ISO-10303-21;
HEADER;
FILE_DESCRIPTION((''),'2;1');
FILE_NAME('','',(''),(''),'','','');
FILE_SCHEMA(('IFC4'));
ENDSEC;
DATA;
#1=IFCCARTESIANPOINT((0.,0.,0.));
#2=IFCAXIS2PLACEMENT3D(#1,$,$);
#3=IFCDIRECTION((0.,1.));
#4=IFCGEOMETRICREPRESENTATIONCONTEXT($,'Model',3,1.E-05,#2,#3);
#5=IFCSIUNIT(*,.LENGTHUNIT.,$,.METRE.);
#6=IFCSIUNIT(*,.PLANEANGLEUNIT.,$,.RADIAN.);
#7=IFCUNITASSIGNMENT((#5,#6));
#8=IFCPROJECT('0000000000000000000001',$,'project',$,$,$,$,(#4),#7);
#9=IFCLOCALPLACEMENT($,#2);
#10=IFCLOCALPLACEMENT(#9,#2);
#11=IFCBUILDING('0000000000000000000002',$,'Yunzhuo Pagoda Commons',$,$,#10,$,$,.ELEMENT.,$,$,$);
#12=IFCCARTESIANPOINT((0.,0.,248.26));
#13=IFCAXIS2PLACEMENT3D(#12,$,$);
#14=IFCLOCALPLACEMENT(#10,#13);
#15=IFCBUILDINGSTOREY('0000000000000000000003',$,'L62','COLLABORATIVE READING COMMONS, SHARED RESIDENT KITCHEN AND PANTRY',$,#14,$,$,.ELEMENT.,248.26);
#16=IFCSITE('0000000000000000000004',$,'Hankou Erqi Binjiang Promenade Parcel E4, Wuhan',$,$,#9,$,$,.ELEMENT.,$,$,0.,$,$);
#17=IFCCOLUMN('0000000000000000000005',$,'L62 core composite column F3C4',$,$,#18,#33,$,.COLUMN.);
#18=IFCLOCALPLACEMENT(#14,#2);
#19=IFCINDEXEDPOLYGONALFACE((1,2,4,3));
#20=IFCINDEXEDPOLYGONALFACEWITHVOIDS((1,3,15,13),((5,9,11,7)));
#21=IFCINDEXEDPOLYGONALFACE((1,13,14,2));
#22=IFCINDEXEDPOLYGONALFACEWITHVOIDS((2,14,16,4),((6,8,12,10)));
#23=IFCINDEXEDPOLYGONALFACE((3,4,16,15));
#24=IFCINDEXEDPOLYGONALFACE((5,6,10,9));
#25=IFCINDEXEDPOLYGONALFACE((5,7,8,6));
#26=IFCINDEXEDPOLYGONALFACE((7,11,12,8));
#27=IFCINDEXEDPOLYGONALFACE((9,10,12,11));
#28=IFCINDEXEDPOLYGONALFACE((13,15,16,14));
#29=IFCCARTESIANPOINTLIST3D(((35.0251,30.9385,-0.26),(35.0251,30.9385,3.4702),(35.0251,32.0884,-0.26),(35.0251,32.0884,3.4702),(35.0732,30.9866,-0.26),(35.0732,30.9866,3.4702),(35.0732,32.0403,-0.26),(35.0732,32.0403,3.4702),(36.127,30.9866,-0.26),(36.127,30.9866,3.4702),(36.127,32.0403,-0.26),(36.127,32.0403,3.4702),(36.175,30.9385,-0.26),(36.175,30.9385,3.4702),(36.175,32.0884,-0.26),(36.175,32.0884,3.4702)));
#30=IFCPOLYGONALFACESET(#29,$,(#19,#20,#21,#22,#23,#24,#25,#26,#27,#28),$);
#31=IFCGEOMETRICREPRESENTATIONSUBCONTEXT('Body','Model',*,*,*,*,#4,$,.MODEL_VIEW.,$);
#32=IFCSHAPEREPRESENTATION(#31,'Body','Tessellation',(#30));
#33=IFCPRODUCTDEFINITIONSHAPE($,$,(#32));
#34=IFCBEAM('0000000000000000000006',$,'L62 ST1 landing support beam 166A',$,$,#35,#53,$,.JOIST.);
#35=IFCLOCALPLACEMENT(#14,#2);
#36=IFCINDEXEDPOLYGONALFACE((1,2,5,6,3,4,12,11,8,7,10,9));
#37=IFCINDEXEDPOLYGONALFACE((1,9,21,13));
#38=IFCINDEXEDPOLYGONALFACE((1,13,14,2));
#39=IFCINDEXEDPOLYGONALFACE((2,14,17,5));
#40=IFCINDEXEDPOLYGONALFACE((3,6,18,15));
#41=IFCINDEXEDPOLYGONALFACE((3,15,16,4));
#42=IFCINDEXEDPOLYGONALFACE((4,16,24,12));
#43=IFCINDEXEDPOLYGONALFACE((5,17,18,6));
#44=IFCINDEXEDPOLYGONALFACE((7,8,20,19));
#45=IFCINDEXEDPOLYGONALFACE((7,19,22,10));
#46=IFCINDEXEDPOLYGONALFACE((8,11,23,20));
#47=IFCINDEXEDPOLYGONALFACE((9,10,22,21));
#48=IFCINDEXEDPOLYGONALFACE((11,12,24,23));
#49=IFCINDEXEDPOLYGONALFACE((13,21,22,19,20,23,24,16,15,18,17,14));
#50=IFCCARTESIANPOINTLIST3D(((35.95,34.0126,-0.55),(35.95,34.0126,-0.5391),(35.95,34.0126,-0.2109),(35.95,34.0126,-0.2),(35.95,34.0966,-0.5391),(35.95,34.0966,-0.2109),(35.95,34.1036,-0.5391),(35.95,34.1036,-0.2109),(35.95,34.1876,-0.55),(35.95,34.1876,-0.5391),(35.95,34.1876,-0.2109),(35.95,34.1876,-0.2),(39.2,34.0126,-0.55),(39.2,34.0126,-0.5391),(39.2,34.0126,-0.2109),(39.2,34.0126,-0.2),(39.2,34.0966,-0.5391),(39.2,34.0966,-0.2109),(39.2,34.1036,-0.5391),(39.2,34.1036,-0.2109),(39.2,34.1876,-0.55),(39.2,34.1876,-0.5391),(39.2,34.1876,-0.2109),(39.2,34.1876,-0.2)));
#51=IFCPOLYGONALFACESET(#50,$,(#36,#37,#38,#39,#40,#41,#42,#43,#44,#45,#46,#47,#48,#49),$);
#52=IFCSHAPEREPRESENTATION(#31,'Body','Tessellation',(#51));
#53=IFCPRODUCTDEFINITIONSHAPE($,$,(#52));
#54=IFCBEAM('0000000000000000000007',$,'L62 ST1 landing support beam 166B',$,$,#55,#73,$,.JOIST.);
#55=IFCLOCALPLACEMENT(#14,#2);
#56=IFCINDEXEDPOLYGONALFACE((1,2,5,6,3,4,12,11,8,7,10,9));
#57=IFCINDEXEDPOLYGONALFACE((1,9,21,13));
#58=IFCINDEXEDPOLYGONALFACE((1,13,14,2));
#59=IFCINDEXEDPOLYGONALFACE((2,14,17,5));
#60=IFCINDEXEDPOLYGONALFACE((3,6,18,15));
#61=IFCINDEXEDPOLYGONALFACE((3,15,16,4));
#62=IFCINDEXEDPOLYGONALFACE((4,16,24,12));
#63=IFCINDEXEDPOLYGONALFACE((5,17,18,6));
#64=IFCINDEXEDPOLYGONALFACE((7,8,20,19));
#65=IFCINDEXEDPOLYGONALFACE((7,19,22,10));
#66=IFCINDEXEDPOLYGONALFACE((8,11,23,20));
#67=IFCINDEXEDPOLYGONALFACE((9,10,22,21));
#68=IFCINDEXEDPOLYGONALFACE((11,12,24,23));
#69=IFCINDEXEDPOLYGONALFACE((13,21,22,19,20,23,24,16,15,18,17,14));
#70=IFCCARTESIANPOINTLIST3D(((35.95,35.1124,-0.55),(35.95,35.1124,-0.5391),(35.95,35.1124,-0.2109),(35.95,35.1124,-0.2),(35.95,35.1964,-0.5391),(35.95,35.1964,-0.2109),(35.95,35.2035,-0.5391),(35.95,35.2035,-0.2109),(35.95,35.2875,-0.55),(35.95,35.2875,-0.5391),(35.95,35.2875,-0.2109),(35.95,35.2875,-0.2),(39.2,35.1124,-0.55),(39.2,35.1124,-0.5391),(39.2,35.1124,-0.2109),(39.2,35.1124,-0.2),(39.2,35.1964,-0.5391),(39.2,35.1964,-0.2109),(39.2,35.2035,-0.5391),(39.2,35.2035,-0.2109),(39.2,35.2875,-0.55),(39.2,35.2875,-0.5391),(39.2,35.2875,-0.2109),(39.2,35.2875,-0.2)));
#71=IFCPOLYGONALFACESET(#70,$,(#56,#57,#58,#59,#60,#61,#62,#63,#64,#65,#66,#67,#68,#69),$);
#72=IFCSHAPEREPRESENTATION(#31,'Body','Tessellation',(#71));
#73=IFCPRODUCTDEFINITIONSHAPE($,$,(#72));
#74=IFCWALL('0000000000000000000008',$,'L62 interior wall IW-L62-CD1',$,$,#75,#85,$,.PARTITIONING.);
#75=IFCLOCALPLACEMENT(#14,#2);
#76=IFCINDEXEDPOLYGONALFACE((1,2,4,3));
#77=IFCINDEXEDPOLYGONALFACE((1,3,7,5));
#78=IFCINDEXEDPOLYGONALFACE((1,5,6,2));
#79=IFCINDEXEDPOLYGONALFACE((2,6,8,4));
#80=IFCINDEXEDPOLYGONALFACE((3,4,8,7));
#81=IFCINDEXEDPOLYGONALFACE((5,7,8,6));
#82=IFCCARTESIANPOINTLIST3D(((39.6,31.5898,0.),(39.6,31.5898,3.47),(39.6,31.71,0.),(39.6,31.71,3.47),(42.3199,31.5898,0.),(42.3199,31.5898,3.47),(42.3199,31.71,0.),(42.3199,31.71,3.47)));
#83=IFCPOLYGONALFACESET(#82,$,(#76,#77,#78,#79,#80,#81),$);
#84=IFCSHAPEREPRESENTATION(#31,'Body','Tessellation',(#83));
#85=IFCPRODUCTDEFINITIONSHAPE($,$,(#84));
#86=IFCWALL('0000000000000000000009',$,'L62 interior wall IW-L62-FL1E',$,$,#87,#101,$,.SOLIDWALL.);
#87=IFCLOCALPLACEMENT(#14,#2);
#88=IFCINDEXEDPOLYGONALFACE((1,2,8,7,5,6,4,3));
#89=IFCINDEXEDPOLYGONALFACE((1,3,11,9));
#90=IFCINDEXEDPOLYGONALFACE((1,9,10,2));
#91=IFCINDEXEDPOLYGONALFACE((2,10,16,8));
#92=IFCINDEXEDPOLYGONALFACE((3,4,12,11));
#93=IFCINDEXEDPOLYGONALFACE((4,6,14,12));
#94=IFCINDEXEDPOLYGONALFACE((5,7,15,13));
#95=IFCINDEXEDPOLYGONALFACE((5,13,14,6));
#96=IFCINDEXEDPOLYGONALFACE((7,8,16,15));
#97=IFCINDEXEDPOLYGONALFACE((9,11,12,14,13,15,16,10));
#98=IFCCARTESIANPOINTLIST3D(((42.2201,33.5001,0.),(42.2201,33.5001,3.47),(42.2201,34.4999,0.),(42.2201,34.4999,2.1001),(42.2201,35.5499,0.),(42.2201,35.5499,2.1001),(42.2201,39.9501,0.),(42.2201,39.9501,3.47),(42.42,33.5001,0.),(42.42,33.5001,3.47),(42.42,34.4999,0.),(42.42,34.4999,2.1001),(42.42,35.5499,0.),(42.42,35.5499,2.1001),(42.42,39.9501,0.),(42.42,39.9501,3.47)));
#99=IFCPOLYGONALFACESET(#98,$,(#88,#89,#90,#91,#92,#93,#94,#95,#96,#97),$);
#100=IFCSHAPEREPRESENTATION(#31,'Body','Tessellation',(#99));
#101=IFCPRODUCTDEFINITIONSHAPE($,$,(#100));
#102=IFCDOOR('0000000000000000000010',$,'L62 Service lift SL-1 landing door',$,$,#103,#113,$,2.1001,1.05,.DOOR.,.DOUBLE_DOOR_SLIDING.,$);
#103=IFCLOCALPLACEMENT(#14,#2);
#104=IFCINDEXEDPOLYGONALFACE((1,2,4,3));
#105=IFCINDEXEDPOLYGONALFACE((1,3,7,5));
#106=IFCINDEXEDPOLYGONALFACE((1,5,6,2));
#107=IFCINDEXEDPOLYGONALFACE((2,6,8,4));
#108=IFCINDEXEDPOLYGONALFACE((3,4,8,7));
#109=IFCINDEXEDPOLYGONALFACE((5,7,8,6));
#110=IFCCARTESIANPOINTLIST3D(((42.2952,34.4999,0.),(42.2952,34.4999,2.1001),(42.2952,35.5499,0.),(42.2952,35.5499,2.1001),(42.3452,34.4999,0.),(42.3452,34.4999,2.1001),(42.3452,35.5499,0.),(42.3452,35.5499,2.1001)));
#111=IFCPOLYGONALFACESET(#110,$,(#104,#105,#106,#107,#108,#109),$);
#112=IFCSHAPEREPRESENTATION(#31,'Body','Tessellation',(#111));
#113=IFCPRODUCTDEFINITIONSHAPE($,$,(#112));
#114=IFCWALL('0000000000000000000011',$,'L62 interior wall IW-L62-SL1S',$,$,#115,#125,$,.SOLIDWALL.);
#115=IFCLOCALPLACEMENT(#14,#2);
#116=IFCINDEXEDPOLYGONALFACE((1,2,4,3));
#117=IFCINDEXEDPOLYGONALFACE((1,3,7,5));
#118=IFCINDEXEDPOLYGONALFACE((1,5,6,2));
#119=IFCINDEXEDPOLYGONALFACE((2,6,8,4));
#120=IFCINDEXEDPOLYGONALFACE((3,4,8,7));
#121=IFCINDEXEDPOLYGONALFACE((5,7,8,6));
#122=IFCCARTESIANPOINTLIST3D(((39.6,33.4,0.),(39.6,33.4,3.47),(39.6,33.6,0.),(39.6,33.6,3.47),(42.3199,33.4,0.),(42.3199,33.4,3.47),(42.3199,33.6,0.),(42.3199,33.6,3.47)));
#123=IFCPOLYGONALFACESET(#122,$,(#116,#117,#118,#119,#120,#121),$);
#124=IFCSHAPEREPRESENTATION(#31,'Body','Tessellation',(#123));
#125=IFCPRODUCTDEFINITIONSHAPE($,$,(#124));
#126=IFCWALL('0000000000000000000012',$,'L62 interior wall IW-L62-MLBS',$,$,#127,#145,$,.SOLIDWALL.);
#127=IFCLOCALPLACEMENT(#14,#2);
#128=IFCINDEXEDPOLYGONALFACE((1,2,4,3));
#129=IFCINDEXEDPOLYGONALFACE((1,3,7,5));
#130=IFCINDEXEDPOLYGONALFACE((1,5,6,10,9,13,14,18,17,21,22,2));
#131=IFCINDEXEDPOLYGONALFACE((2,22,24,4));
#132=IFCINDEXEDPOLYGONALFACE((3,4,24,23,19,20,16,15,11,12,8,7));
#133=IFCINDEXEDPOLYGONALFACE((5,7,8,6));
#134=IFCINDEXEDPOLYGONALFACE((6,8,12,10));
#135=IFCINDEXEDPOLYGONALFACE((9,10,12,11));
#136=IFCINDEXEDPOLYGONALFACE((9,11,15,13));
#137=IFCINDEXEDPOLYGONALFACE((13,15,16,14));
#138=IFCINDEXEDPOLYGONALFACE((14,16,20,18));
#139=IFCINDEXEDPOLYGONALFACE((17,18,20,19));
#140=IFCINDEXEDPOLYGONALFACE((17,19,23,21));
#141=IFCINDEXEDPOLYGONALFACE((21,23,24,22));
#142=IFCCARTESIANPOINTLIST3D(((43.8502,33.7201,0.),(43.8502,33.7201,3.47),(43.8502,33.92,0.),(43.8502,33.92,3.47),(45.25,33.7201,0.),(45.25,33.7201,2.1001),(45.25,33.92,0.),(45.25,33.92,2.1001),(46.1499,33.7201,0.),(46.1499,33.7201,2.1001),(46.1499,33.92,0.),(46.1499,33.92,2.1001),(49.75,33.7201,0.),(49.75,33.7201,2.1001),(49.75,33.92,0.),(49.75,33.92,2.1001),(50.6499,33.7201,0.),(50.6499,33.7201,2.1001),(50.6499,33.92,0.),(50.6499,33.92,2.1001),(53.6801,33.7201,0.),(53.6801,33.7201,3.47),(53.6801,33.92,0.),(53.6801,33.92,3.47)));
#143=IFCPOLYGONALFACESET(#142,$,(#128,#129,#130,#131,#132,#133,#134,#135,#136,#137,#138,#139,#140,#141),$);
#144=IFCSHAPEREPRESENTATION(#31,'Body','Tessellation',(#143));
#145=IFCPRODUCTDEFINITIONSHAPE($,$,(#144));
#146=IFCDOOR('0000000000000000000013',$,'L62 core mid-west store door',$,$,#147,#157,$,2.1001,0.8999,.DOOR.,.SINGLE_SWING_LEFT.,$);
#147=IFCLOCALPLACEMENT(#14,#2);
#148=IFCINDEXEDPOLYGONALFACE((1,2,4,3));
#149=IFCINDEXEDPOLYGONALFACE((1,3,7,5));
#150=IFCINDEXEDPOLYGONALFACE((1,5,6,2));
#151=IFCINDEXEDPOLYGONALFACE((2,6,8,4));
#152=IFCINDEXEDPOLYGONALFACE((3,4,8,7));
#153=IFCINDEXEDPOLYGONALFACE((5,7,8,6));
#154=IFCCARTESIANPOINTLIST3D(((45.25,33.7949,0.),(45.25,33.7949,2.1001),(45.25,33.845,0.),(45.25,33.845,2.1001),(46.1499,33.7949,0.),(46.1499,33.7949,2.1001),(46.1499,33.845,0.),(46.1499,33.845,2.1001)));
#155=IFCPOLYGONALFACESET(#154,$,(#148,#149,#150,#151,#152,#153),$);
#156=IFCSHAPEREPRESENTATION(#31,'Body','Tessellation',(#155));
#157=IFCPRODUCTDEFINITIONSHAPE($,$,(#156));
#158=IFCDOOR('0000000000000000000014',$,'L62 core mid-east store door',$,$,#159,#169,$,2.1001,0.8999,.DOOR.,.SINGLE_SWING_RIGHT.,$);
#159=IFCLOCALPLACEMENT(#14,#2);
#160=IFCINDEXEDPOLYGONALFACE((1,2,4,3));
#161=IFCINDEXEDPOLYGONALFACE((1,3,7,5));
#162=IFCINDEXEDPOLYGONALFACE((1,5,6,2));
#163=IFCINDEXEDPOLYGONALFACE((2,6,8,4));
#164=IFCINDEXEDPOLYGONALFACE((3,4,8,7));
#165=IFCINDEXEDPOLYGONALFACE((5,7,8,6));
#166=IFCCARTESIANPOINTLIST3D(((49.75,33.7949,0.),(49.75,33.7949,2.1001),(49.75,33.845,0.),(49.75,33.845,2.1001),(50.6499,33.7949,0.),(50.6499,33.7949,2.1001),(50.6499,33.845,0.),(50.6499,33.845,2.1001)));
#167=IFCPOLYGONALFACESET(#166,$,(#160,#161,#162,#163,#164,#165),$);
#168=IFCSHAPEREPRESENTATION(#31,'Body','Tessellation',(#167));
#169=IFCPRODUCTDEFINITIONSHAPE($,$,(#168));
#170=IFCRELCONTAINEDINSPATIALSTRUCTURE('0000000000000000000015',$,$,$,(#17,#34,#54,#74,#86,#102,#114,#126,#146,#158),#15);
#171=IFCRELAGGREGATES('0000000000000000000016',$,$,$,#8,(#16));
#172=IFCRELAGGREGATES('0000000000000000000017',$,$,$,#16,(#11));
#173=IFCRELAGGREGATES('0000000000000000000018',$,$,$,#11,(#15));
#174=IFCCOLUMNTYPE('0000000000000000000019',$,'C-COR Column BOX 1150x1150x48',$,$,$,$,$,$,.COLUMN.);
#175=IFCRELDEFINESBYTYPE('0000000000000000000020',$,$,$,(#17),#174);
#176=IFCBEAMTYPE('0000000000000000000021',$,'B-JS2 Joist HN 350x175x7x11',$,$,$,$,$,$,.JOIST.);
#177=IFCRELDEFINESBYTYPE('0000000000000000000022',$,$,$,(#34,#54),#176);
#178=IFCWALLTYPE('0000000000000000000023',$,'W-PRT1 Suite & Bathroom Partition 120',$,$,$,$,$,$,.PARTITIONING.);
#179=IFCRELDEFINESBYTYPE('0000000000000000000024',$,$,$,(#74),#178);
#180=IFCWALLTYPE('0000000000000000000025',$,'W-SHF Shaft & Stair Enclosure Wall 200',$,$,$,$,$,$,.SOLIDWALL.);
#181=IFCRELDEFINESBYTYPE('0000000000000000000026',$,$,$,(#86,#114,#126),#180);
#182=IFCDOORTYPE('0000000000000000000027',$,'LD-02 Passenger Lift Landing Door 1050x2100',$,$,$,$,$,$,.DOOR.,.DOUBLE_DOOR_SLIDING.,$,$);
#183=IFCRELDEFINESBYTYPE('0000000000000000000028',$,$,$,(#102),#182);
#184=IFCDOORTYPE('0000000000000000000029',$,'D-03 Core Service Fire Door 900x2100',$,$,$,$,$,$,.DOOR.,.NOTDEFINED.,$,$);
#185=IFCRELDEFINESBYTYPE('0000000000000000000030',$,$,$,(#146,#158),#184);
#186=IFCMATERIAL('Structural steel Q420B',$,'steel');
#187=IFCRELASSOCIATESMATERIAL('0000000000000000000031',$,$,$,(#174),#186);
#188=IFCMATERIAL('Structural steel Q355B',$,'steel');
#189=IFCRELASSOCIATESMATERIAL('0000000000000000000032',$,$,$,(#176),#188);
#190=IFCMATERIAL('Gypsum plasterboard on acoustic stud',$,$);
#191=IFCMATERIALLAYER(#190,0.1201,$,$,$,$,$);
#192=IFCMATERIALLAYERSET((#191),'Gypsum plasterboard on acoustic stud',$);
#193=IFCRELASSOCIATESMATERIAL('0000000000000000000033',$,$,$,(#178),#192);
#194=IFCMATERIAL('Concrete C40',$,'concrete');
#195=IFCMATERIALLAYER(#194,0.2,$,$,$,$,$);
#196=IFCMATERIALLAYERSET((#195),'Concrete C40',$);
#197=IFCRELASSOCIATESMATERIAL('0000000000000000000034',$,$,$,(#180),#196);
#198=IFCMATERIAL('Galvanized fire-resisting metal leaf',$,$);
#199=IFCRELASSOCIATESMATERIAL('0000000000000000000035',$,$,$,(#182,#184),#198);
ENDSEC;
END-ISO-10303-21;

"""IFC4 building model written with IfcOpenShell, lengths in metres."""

from ifc_helpers import new_model, si_unit, direction, frame, frame_2d, origin, origin_with_axes, origin_2d, place, context, subcontext, project, spatial, rectangle, hollow_rectangle, i_section, extrude, source, transform, mapped, material, layer, layer_set, material_profile, profile_set, type_object, element, fill, save


model = new_model("IFC4")

# Units and contexts
model_context = context("Model", 3, precision=1e-05, world=origin(), true_north=direction((0.0, 1.0)))
body_context = subcontext(model_context, "Body", "Model", "MODEL_VIEW")
ifc_project = project(units=[si_unit("LENGTHUNIT", "METRE"), si_unit("PLANEANGLEUNIT", "RADIAN")], contexts=[model_context])

# Site, building, storey
site_placement = place(None, origin())
site = spatial("IfcSite", under=ifc_project, at=site_placement, Name="Hankou Erqi Binjiang Promenade Parcel E4, Wuhan", CompositionType="ELEMENT", RefElevation=0.0)
building_placement = place(site_placement, origin())
building = spatial("IfcBuilding", under=site, at=building_placement, Name="Yunzhuo Pagoda Commons", CompositionType="ELEMENT")
storey_placement = place(building_placement, frame((0.0, 0.0, 248.26)))
storey = spatial("IfcBuildingStorey", under=building, at=storey_placement, Name="L62", Description="COLLABORATIVE READING COMMONS, SHARED RESIDENT KITCHEN AND PANTRY", CompositionType="ELEMENT", Elevation=248.26)

# Column
ifc_material_1 = material(Name="Structural steel Q420B", Category="steel")
ifc_material_profile_1 = material_profile(ifc_material_1, hollow_rectangle(XDim=1.1499, YDim=1.1499, WallThickness=0.0481, at=origin_2d()), Name="Structural steel Q420B")
ifc_profile_set_1 = profile_set([ifc_material_profile_1], Name="Structural steel Q420B")
column_type = type_object("IfcColumnType", Name="C-COR Column BOX 1150x1150x48", PredefinedType="COLUMN", material=ifc_profile_set_1)
shared_shape_1 = source(origin(), body_context, "Body", "SweptSolid", [
    extrude(hollow_rectangle(XDim=1.1499, YDim=1.1499, WallThickness=0.0481, at=origin_2d()), origin(), (0.0, 0.0, 1.0), 3.7302),
])
column_placement = place(storey_placement, frame((35.6001, 31.5134, -0.26), z_axis=(0.0, 0.0, 1.0), x_axis=(1.0, 0.0, 0.0)))
element("IfcColumn", 1, at=column_placement, inside=storey, type_object=column_type, Name="L62 core composite column F3C4", PredefinedType="COLUMN", context=body_context, shape_type="MappedRepresentation", body=[
    mapped(shared_shape_1, transform((0.0, 0.0, 0.0), scale=1.0)),
])

# Beams
ifc_material_2 = material(Name="Structural steel Q355B", Category="steel")
ifc_material_profile_2 = material_profile(ifc_material_2, i_section(OverallWidth=0.175, OverallDepth=0.3501, WebThickness=0.0071, FlangeThickness=0.011, at=origin_2d()), Name="Structural steel Q355B")
ifc_profile_set_2 = profile_set([ifc_material_profile_2], Name="Structural steel Q355B")
beam_type = type_object("IfcBeamType", Name="B-JS2 Joist HN 350x175x7x11", PredefinedType="JOIST", material=ifc_profile_set_2)
shared_shape_2 = source(origin(), body_context, "Body", "SweptSolid", [
    extrude(i_section(OverallWidth=0.175, OverallDepth=0.3501, WebThickness=0.0071, FlangeThickness=0.011, at=origin_2d()), origin(), (0.0, 0.0, 1.0), 3.25),
])
for number, where, z_axis, x_axis, name in (
    (2, (35.95, 34.1001, -0.375), (1.0, 0.0, 0.0), (0.0, 1.0, 0.0), "L62 ST1 landing support beam 166A"),
    (3, (35.95, 35.2, -0.375), (1.0, 0.0, 0.0), (0.0, 1.0, 0.0), "L62 ST1 landing support beam 166B"),
):
    element("IfcBeam", number, at=place(storey_placement, frame(where, z_axis=z_axis, x_axis=x_axis)), inside=storey, type_object=beam_type, Name=name, PredefinedType="JOIST", context=body_context, shape_type="MappedRepresentation", body=[
        mapped(shared_shape_2, transform((0.0, 0.0, 0.0), scale=1.0)),
    ])

# Wall
ifc_material_3 = material(Name="Gypsum plasterboard on acoustic stud")
ifc_layer_1 = layer(ifc_material_3, 0.1201)
ifc_layer_set_1 = layer_set([ifc_layer_1], Name="Gypsum plasterboard on acoustic stud")
wall_type_1 = type_object("IfcWallType", Name="W-PRT1 Suite & Bathroom Partition 120", PredefinedType="PARTITIONING", material=ifc_layer_set_1)
wall_1_placement = place(storey_placement, frame((39.6001, 31.6499, 0.0), z_axis=(0.0, 0.0, 1.0), x_axis=(1.0, 0.0, 0.0)))
element("IfcWall", 4, at=wall_1_placement, inside=storey, type_object=wall_type_1, Name="L62 interior wall IW-L62-CD1", PredefinedType="PARTITIONING", context=body_context, shape_type="SweptSolid", body=[
    extrude(rectangle(XDim=2.72, YDim=0.1201, at=frame_2d((1.3599, 0.0))), origin(), (0.0, 0.0, 1.0), 3.47),
])

# Wall, opening, door
ifc_material_4 = material(Name="Concrete C40", Category="concrete")
ifc_layer_2 = layer(ifc_material_4, 0.2)
ifc_layer_set_2 = layer_set([ifc_layer_2], Name="Concrete C40")
wall_type_2 = type_object("IfcWallType", Name="W-SHF Shaft & Stair Enclosure Wall 200", PredefinedType="SOLIDWALL", material=ifc_layer_set_2)
wall_2_placement = place(storey_placement, frame((42.3201, 33.5, 0.0), z_axis=(0.0, 0.0, 1.0), x_axis=(0.0, 1.0, 0.0)))
wall_2 = element("IfcWall", 5, at=wall_2_placement, inside=storey, type_object=wall_type_2, Name="L62 interior wall IW-L62-FL1E", PredefinedType="SOLIDWALL", context=body_context, shape_type="SweptSolid", body=[
    extrude(rectangle(XDim=6.45, YDim=0.2, at=frame_2d((3.2251, 0.0))), origin(), (0.0, 0.0, 1.0), 3.47),
])
opening_1_placement = place(wall_2_placement, frame((1.0, 0.0, 0.0)))
opening_1 = element("IfcOpeningElement", 6, at=opening_1_placement, cuts=wall_2, PredefinedType="OPENING", context=body_context, shape_type="SweptSolid", body=[
    extrude(rectangle(XDim=1.05, YDim=2.1001, at=frame_2d((0.5249, 1.05))), frame((0.0, 0.1099, 0.0), z_axis=(0.0, -1.0, 0.0), x_axis=(1.0, 0.0, 0.0)), (0.0, 0.0, 1.0), 0.22),
])
ifc_material_5 = material(Name="Galvanized fire-resisting metal leaf")
door_type_1 = type_object("IfcDoorType", Name="LD-02 Passenger Lift Landing Door 1050x2100", OperationType="DOUBLE_DOOR_SLIDING", PredefinedType="DOOR", material=ifc_material_5)
shared_shape_3 = source(origin(), body_context, "Body", "SweptSolid", [
    extrude(rectangle(XDim=1.05, YDim=2.1001, at=frame_2d((0.5249, 1.05))), frame((0.0, 0.0249, 0.0), z_axis=(0.0, -1.0, 0.0), x_axis=(1.0, 0.0, 0.0)), (0.0, 0.0, 1.0), 0.05),
])
door_1_placement = place(opening_1_placement, origin_with_axes())
door_1 = element("IfcDoor", 7, at=door_1_placement, inside=storey, type_object=door_type_1, Name="L62 Service lift SL-1 landing door", OperationType="DOUBLE_DOOR_SLIDING", OverallHeight=2.1001, OverallWidth=1.05, PredefinedType="DOOR", context=body_context, shape_type="MappedRepresentation", body=[
    mapped(shared_shape_3, transform((0.0, 0.0, 0.0), scale=1.0)),
])
fill(opening_1, door_1)

# Wall
wall_3_placement = place(storey_placement, frame((39.6001, 33.5, 0.0), z_axis=(0.0, 0.0, 1.0), x_axis=(1.0, 0.0, 0.0)))
element("IfcWall", 8, at=wall_3_placement, inside=storey, type_object=wall_type_2, Name="L62 interior wall IW-L62-SL1S", PredefinedType="SOLIDWALL", context=body_context, shape_type="SweptSolid", body=[
    extrude(rectangle(XDim=2.72, YDim=0.2, at=frame_2d((1.3599, 0.0))), origin(), (0.0, 0.0, 1.0), 3.47),
])

# Wall, openings, doors
wall_4_placement = place(storey_placement, frame((43.8501, 33.8201, 0.0), z_axis=(0.0, 0.0, 1.0), x_axis=(1.0, 0.0, 0.0)))
wall_4 = element("IfcWall", 9, at=wall_4_placement, inside=storey, type_object=wall_type_2, Name="L62 interior wall IW-L62-MLBS", PredefinedType="SOLIDWALL", context=body_context, shape_type="SweptSolid", body=[
    extrude(rectangle(XDim=9.8298, YDim=0.2, at=frame_2d((4.915, 0.0))), origin(), (0.0, 0.0, 1.0), 3.47),
])
opening_2_placement = place(wall_4_placement, frame((1.3999, 0.0, 0.0)))
opening_2 = element("IfcOpeningElement", 10, at=opening_2_placement, cuts=wall_4, PredefinedType="OPENING", context=body_context, shape_type="SweptSolid", body=[
    extrude(rectangle(XDim=0.8999, YDim=2.1001, at=frame_2d((0.45, 1.05))), frame((0.0, 0.1099, 0.0), z_axis=(0.0, -1.0, 0.0), x_axis=(1.0, 0.0, 0.0)), (0.0, 0.0, 1.0), 0.22),
])
opening_3_placement = place(wall_4_placement, frame((5.8999, 0.0, 0.0)))
opening_3 = element("IfcOpeningElement", 11, at=opening_3_placement, cuts=wall_4, PredefinedType="OPENING", context=body_context, shape_type="SweptSolid", body=[
    extrude(rectangle(XDim=0.8999, YDim=2.1001, at=frame_2d((0.45, 1.05))), frame((0.0, 0.1099, 0.0), z_axis=(0.0, -1.0, 0.0), x_axis=(1.0, 0.0, 0.0)), (0.0, 0.0, 1.0), 0.22),
])
door_type_2 = type_object("IfcDoorType", Name="D-03 Core Service Fire Door 900x2100", OperationType="NOTDEFINED", PredefinedType="DOOR", material=ifc_material_5)
shared_shape_4 = source(origin(), body_context, "Body", "SweptSolid", [
    extrude(rectangle(XDim=0.8999, YDim=2.1001, at=frame_2d((0.45, 1.05))), frame((0.0, 0.0249, 0.0), z_axis=(0.0, -1.0, 0.0), x_axis=(1.0, 0.0, 0.0)), (0.0, 0.0, 1.0), 0.05),
])
door_2_placement = place(opening_2_placement, origin_with_axes())
door_2 = element("IfcDoor", 12, at=door_2_placement, inside=storey, type_object=door_type_2, Name="L62 core mid-west store door", OperationType="SINGLE_SWING_LEFT", OverallHeight=2.1001, OverallWidth=0.8999, PredefinedType="DOOR", context=body_context, shape_type="MappedRepresentation", body=[
    mapped(shared_shape_4, transform((0.0, 0.0, 0.0), scale=1.0)),
])
fill(opening_2, door_2)
door_3_placement = place(opening_3_placement, origin_with_axes())
door_3 = element("IfcDoor", 13, at=door_3_placement, inside=storey, type_object=door_type_2, Name="L62 core mid-east store door", OperationType="SINGLE_SWING_RIGHT", OverallHeight=2.1001, OverallWidth=0.8999, PredefinedType="DOOR", context=body_context, shape_type="MappedRepresentation", body=[
    mapped(shared_shape_4, transform((0.0, 0.0, 0.0), scale=1.0)),
])
fill(opening_3, door_3)

save(model, "model.ifc")
